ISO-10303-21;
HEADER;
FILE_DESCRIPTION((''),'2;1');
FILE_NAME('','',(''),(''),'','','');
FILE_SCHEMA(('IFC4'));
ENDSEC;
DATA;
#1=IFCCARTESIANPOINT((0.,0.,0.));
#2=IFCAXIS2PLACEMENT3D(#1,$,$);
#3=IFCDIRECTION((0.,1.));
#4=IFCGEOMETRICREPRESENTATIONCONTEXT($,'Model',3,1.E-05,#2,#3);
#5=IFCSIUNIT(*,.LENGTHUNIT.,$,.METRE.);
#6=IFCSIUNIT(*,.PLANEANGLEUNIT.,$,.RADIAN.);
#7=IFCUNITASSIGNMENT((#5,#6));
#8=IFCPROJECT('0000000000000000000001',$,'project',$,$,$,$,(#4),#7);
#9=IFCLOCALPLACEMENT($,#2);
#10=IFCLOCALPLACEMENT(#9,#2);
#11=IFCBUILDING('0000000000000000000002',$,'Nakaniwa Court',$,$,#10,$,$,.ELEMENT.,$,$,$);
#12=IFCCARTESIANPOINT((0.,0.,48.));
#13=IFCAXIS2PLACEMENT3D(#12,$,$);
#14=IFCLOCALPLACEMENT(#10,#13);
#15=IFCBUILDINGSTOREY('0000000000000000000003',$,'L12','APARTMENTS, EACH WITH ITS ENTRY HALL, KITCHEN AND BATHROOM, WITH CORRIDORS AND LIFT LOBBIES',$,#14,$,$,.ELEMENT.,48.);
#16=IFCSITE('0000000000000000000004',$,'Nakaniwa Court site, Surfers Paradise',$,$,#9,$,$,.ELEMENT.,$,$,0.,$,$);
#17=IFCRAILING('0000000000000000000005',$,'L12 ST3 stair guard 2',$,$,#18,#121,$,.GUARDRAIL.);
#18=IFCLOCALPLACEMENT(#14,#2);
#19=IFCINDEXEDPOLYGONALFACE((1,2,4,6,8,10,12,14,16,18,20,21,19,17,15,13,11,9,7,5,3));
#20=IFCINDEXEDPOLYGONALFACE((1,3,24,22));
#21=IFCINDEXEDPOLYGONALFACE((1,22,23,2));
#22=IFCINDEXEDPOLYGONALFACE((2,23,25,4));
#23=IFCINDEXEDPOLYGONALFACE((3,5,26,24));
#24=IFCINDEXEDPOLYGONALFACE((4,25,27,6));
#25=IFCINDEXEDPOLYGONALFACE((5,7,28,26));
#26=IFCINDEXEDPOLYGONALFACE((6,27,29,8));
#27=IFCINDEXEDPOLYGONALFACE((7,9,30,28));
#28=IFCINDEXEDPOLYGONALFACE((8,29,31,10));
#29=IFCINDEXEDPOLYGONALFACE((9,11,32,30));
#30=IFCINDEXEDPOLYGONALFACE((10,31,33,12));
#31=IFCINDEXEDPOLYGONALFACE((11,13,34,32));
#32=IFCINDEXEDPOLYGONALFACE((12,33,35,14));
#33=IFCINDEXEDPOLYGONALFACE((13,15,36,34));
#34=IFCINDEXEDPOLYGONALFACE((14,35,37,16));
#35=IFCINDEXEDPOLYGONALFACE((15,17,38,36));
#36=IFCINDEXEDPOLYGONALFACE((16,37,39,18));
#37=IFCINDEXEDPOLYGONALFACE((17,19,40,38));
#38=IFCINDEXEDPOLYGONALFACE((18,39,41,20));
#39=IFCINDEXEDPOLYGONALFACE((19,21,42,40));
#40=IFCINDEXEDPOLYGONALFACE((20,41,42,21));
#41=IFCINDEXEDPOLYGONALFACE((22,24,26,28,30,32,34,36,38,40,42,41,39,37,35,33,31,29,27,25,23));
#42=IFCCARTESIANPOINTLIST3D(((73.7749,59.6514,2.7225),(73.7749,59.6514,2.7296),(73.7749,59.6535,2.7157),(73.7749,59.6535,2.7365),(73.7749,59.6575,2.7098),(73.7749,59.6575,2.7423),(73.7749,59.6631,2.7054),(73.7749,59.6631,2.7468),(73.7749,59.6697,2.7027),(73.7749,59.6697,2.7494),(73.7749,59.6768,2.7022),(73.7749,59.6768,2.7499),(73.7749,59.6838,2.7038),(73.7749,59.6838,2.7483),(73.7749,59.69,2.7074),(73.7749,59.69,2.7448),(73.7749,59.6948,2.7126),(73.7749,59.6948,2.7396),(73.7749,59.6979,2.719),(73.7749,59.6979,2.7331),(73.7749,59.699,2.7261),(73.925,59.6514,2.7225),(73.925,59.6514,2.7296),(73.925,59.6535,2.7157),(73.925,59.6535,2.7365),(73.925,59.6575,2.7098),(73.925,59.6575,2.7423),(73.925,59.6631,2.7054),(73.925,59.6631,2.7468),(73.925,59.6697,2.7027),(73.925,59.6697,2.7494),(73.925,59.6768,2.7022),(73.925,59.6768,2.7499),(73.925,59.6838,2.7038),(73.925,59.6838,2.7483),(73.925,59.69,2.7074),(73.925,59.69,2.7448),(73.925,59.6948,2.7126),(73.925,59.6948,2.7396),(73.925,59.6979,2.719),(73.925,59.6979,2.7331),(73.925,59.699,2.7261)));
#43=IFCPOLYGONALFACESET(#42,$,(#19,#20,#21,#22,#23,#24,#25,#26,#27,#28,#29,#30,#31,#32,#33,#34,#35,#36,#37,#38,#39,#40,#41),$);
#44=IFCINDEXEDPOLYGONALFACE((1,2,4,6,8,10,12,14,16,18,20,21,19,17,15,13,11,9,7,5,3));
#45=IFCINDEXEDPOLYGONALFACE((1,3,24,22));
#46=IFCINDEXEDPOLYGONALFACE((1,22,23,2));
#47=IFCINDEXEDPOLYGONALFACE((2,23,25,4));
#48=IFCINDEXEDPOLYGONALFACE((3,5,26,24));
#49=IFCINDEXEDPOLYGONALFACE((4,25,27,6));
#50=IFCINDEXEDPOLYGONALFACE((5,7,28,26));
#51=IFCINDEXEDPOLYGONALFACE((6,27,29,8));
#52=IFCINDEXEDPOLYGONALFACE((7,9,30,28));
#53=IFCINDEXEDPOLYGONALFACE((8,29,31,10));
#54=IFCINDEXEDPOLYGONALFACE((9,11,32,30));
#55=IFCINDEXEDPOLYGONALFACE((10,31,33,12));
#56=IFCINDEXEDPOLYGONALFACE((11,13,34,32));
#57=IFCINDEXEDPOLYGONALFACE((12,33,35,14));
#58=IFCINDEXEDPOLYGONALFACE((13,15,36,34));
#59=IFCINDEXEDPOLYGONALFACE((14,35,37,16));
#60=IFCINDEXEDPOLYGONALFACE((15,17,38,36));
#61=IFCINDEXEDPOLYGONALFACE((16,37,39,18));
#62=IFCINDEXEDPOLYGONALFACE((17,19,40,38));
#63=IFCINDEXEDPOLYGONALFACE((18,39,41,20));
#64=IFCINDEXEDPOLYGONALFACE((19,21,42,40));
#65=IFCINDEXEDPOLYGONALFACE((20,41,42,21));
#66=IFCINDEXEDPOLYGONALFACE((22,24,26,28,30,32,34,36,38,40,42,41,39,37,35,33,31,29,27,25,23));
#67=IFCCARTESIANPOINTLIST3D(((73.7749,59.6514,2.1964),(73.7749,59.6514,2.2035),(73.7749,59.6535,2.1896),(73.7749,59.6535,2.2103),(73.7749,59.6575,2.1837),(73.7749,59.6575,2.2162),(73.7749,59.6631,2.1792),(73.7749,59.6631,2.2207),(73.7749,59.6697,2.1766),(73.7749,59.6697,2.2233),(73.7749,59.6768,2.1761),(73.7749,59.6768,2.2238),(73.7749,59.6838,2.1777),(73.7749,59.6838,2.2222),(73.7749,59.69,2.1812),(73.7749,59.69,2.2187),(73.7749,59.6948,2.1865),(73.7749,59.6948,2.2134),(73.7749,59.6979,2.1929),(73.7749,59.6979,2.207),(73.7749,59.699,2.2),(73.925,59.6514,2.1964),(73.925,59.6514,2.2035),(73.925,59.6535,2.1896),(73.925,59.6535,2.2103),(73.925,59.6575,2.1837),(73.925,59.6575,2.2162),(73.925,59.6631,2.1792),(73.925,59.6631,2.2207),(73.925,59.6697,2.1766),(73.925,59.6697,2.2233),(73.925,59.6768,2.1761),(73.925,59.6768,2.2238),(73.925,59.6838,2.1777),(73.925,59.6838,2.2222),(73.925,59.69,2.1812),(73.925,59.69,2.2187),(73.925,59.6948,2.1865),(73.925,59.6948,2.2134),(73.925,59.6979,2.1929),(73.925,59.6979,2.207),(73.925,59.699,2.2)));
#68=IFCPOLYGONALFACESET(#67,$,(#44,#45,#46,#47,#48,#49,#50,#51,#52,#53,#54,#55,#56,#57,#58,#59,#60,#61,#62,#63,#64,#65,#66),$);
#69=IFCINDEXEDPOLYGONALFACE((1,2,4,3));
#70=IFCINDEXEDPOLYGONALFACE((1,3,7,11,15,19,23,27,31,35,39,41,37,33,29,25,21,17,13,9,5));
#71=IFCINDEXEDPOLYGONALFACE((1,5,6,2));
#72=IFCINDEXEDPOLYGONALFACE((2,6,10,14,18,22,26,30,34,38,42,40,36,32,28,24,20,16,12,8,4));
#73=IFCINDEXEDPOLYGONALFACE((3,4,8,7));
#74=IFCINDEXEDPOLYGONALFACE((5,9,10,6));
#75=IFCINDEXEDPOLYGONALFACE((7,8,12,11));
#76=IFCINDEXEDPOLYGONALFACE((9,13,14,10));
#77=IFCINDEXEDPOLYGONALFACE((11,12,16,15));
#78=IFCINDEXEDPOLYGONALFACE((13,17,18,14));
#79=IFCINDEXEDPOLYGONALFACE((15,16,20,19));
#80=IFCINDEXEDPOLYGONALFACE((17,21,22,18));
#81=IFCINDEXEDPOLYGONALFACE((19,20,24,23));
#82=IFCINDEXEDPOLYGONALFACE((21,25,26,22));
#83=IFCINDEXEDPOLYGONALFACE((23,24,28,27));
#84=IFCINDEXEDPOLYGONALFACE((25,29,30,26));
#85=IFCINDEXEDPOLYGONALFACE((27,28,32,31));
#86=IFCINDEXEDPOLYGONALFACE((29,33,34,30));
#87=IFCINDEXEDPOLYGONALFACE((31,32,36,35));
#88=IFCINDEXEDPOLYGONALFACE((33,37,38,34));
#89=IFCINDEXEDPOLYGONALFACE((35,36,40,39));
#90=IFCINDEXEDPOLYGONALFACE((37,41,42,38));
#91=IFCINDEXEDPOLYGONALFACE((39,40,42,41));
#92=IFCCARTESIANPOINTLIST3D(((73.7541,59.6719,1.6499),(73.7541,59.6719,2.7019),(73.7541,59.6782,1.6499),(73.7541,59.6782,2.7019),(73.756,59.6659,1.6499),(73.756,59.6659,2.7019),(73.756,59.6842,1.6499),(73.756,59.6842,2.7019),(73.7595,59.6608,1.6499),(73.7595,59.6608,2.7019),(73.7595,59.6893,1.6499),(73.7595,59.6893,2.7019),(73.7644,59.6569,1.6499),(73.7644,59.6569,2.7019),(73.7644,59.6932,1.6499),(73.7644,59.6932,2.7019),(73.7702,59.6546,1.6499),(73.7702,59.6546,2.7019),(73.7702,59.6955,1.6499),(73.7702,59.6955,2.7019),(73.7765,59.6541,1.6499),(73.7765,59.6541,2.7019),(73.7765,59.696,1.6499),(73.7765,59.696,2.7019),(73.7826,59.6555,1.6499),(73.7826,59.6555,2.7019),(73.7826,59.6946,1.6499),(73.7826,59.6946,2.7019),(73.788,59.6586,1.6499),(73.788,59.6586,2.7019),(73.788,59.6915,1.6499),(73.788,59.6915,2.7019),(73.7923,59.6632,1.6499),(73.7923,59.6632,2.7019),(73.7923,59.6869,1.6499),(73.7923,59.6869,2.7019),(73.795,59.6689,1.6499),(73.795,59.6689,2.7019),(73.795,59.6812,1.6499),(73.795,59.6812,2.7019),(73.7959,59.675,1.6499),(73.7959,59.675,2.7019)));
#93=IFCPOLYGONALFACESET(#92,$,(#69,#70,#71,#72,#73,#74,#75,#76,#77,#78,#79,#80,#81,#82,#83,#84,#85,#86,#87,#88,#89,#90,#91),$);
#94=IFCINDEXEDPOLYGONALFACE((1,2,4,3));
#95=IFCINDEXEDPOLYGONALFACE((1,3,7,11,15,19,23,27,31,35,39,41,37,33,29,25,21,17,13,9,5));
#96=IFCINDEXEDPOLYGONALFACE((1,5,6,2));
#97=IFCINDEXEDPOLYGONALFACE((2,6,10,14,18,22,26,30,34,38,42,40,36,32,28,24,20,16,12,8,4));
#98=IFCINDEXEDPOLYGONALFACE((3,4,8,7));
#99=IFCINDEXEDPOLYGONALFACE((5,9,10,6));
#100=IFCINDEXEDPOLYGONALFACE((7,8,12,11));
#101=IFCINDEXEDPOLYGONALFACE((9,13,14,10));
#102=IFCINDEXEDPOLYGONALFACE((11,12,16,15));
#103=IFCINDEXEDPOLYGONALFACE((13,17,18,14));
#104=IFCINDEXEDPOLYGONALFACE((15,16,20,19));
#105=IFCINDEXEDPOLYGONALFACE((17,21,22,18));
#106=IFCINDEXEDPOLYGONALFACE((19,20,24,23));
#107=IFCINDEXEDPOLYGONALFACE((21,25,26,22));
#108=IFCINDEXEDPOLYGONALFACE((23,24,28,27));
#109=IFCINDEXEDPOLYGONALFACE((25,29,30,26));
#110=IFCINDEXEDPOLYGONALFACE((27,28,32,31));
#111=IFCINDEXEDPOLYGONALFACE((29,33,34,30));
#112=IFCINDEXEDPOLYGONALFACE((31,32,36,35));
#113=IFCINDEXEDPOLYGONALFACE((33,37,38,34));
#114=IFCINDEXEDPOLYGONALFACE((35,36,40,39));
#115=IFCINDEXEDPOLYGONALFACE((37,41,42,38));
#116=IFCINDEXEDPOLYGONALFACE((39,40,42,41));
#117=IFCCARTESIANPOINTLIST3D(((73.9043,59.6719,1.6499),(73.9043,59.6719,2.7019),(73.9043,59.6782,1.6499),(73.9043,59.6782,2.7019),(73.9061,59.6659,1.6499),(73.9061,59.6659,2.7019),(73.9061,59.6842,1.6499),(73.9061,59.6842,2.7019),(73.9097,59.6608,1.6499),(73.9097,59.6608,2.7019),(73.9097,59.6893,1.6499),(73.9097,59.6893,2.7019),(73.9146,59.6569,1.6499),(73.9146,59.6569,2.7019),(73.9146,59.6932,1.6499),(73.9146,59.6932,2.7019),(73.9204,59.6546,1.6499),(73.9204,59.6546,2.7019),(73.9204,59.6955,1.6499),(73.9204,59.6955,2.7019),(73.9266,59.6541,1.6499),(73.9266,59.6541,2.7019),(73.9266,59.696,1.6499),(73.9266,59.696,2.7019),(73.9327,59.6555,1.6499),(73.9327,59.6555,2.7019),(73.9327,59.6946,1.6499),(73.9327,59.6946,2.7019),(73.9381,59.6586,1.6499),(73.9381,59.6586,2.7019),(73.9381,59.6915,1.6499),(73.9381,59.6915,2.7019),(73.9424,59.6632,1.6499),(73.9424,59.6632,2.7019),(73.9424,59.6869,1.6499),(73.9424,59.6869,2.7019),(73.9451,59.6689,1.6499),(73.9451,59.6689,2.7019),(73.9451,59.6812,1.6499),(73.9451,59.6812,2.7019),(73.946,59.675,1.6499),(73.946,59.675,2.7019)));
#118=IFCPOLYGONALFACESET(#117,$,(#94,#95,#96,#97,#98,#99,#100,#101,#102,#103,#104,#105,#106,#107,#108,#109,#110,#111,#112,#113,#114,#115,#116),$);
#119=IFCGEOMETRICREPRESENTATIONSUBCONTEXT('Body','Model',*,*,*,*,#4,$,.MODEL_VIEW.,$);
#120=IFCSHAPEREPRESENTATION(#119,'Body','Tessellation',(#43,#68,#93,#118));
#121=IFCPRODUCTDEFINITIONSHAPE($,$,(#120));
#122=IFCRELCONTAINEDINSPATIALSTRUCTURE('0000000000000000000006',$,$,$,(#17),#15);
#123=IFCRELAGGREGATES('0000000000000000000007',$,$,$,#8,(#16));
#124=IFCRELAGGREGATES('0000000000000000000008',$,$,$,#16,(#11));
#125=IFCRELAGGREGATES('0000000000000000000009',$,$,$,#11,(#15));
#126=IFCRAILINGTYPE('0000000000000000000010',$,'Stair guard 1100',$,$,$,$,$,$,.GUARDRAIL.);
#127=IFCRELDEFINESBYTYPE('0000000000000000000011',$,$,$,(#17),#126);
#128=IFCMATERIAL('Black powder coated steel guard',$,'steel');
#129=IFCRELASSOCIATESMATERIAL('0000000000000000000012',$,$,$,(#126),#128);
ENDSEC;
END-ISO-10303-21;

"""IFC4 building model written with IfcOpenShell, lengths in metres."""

from ifc_helpers import new_model, si_unit, direction, frame, origin, origin_2d, place, context, subcontext, project, spatial, circle, extrude, material, type_object, element, save


model = new_model("IFC4")

# Units and contexts
model_context = context("Model", 3, precision=1e-05, world=origin(), true_north=direction((0.0, 1.0)))
body_context = subcontext(model_context, "Body", "Model", "MODEL_VIEW")
ifc_project = project(units=[si_unit("LENGTHUNIT", "METRE"), si_unit("PLANEANGLEUNIT", "RADIAN")], contexts=[model_context])

# Site, building, storey
site_placement = place(None, origin())
site = spatial("IfcSite", under=ifc_project, at=site_placement, Name="Nakaniwa Court site, Surfers Paradise", CompositionType="ELEMENT", RefElevation=0.0)
building_placement = place(site_placement, origin())
building = spatial("IfcBuilding", under=site, at=building_placement, Name="Nakaniwa Court", CompositionType="ELEMENT")
storey_placement = place(building_placement, frame((0.0, 0.0, 48.0)))
storey = spatial("IfcBuildingStorey", under=building, at=storey_placement, Name="L12", Description="APARTMENTS, EACH WITH ITS ENTRY HALL, KITCHEN AND BATHROOM, WITH CORRIDORS AND LIFT LOBBIES", CompositionType="ELEMENT", Elevation=48.0)

# Railing
ifc_material_1 = material(Name="Black powder coated steel guard", Category="steel")
railing_type_1 = type_object("IfcRailingType", Name="Stair guard 1100", PredefinedType="GUARDRAIL", material=ifc_material_1)
railing_1_placement = place(storey_placement, frame((73.7749, 59.675, 1.6499)))
element("IfcRailing", 1, at=railing_1_placement, inside=storey, type_object=railing_type_1, Name="L12 ST3 stair guard 2", PredefinedType="GUARDRAIL", context=body_context, shape_type="SweptSolid", body=[
    extrude(circle(Radius=0.0239, at=origin_2d()), frame((0.0, 0.0, 1.0762), z_axis=(1.0, 0.0, 0.0), x_axis=(0.0, 1.0, 0.0)), (0.0, 0.0, 1.0), 0.1501),
    extrude(circle(Radius=0.0239, at=origin_2d()), frame((0.0, 0.0, 0.55), z_axis=(1.0, 0.0, 0.0), x_axis=(0.0, 1.0, 0.0)), (0.0, 0.0, 1.0), 0.1501),
    extrude(circle(Radius=0.021, at=origin_2d()), origin(), (0.0, 0.0, 1.0), 1.052),
    extrude(circle(Radius=0.021, at=origin_2d()), frame((0.1501, 0.0, 0.0)), (0.0, 0.0, 1.0), 1.052),
])

save(model, "model.ifc")
